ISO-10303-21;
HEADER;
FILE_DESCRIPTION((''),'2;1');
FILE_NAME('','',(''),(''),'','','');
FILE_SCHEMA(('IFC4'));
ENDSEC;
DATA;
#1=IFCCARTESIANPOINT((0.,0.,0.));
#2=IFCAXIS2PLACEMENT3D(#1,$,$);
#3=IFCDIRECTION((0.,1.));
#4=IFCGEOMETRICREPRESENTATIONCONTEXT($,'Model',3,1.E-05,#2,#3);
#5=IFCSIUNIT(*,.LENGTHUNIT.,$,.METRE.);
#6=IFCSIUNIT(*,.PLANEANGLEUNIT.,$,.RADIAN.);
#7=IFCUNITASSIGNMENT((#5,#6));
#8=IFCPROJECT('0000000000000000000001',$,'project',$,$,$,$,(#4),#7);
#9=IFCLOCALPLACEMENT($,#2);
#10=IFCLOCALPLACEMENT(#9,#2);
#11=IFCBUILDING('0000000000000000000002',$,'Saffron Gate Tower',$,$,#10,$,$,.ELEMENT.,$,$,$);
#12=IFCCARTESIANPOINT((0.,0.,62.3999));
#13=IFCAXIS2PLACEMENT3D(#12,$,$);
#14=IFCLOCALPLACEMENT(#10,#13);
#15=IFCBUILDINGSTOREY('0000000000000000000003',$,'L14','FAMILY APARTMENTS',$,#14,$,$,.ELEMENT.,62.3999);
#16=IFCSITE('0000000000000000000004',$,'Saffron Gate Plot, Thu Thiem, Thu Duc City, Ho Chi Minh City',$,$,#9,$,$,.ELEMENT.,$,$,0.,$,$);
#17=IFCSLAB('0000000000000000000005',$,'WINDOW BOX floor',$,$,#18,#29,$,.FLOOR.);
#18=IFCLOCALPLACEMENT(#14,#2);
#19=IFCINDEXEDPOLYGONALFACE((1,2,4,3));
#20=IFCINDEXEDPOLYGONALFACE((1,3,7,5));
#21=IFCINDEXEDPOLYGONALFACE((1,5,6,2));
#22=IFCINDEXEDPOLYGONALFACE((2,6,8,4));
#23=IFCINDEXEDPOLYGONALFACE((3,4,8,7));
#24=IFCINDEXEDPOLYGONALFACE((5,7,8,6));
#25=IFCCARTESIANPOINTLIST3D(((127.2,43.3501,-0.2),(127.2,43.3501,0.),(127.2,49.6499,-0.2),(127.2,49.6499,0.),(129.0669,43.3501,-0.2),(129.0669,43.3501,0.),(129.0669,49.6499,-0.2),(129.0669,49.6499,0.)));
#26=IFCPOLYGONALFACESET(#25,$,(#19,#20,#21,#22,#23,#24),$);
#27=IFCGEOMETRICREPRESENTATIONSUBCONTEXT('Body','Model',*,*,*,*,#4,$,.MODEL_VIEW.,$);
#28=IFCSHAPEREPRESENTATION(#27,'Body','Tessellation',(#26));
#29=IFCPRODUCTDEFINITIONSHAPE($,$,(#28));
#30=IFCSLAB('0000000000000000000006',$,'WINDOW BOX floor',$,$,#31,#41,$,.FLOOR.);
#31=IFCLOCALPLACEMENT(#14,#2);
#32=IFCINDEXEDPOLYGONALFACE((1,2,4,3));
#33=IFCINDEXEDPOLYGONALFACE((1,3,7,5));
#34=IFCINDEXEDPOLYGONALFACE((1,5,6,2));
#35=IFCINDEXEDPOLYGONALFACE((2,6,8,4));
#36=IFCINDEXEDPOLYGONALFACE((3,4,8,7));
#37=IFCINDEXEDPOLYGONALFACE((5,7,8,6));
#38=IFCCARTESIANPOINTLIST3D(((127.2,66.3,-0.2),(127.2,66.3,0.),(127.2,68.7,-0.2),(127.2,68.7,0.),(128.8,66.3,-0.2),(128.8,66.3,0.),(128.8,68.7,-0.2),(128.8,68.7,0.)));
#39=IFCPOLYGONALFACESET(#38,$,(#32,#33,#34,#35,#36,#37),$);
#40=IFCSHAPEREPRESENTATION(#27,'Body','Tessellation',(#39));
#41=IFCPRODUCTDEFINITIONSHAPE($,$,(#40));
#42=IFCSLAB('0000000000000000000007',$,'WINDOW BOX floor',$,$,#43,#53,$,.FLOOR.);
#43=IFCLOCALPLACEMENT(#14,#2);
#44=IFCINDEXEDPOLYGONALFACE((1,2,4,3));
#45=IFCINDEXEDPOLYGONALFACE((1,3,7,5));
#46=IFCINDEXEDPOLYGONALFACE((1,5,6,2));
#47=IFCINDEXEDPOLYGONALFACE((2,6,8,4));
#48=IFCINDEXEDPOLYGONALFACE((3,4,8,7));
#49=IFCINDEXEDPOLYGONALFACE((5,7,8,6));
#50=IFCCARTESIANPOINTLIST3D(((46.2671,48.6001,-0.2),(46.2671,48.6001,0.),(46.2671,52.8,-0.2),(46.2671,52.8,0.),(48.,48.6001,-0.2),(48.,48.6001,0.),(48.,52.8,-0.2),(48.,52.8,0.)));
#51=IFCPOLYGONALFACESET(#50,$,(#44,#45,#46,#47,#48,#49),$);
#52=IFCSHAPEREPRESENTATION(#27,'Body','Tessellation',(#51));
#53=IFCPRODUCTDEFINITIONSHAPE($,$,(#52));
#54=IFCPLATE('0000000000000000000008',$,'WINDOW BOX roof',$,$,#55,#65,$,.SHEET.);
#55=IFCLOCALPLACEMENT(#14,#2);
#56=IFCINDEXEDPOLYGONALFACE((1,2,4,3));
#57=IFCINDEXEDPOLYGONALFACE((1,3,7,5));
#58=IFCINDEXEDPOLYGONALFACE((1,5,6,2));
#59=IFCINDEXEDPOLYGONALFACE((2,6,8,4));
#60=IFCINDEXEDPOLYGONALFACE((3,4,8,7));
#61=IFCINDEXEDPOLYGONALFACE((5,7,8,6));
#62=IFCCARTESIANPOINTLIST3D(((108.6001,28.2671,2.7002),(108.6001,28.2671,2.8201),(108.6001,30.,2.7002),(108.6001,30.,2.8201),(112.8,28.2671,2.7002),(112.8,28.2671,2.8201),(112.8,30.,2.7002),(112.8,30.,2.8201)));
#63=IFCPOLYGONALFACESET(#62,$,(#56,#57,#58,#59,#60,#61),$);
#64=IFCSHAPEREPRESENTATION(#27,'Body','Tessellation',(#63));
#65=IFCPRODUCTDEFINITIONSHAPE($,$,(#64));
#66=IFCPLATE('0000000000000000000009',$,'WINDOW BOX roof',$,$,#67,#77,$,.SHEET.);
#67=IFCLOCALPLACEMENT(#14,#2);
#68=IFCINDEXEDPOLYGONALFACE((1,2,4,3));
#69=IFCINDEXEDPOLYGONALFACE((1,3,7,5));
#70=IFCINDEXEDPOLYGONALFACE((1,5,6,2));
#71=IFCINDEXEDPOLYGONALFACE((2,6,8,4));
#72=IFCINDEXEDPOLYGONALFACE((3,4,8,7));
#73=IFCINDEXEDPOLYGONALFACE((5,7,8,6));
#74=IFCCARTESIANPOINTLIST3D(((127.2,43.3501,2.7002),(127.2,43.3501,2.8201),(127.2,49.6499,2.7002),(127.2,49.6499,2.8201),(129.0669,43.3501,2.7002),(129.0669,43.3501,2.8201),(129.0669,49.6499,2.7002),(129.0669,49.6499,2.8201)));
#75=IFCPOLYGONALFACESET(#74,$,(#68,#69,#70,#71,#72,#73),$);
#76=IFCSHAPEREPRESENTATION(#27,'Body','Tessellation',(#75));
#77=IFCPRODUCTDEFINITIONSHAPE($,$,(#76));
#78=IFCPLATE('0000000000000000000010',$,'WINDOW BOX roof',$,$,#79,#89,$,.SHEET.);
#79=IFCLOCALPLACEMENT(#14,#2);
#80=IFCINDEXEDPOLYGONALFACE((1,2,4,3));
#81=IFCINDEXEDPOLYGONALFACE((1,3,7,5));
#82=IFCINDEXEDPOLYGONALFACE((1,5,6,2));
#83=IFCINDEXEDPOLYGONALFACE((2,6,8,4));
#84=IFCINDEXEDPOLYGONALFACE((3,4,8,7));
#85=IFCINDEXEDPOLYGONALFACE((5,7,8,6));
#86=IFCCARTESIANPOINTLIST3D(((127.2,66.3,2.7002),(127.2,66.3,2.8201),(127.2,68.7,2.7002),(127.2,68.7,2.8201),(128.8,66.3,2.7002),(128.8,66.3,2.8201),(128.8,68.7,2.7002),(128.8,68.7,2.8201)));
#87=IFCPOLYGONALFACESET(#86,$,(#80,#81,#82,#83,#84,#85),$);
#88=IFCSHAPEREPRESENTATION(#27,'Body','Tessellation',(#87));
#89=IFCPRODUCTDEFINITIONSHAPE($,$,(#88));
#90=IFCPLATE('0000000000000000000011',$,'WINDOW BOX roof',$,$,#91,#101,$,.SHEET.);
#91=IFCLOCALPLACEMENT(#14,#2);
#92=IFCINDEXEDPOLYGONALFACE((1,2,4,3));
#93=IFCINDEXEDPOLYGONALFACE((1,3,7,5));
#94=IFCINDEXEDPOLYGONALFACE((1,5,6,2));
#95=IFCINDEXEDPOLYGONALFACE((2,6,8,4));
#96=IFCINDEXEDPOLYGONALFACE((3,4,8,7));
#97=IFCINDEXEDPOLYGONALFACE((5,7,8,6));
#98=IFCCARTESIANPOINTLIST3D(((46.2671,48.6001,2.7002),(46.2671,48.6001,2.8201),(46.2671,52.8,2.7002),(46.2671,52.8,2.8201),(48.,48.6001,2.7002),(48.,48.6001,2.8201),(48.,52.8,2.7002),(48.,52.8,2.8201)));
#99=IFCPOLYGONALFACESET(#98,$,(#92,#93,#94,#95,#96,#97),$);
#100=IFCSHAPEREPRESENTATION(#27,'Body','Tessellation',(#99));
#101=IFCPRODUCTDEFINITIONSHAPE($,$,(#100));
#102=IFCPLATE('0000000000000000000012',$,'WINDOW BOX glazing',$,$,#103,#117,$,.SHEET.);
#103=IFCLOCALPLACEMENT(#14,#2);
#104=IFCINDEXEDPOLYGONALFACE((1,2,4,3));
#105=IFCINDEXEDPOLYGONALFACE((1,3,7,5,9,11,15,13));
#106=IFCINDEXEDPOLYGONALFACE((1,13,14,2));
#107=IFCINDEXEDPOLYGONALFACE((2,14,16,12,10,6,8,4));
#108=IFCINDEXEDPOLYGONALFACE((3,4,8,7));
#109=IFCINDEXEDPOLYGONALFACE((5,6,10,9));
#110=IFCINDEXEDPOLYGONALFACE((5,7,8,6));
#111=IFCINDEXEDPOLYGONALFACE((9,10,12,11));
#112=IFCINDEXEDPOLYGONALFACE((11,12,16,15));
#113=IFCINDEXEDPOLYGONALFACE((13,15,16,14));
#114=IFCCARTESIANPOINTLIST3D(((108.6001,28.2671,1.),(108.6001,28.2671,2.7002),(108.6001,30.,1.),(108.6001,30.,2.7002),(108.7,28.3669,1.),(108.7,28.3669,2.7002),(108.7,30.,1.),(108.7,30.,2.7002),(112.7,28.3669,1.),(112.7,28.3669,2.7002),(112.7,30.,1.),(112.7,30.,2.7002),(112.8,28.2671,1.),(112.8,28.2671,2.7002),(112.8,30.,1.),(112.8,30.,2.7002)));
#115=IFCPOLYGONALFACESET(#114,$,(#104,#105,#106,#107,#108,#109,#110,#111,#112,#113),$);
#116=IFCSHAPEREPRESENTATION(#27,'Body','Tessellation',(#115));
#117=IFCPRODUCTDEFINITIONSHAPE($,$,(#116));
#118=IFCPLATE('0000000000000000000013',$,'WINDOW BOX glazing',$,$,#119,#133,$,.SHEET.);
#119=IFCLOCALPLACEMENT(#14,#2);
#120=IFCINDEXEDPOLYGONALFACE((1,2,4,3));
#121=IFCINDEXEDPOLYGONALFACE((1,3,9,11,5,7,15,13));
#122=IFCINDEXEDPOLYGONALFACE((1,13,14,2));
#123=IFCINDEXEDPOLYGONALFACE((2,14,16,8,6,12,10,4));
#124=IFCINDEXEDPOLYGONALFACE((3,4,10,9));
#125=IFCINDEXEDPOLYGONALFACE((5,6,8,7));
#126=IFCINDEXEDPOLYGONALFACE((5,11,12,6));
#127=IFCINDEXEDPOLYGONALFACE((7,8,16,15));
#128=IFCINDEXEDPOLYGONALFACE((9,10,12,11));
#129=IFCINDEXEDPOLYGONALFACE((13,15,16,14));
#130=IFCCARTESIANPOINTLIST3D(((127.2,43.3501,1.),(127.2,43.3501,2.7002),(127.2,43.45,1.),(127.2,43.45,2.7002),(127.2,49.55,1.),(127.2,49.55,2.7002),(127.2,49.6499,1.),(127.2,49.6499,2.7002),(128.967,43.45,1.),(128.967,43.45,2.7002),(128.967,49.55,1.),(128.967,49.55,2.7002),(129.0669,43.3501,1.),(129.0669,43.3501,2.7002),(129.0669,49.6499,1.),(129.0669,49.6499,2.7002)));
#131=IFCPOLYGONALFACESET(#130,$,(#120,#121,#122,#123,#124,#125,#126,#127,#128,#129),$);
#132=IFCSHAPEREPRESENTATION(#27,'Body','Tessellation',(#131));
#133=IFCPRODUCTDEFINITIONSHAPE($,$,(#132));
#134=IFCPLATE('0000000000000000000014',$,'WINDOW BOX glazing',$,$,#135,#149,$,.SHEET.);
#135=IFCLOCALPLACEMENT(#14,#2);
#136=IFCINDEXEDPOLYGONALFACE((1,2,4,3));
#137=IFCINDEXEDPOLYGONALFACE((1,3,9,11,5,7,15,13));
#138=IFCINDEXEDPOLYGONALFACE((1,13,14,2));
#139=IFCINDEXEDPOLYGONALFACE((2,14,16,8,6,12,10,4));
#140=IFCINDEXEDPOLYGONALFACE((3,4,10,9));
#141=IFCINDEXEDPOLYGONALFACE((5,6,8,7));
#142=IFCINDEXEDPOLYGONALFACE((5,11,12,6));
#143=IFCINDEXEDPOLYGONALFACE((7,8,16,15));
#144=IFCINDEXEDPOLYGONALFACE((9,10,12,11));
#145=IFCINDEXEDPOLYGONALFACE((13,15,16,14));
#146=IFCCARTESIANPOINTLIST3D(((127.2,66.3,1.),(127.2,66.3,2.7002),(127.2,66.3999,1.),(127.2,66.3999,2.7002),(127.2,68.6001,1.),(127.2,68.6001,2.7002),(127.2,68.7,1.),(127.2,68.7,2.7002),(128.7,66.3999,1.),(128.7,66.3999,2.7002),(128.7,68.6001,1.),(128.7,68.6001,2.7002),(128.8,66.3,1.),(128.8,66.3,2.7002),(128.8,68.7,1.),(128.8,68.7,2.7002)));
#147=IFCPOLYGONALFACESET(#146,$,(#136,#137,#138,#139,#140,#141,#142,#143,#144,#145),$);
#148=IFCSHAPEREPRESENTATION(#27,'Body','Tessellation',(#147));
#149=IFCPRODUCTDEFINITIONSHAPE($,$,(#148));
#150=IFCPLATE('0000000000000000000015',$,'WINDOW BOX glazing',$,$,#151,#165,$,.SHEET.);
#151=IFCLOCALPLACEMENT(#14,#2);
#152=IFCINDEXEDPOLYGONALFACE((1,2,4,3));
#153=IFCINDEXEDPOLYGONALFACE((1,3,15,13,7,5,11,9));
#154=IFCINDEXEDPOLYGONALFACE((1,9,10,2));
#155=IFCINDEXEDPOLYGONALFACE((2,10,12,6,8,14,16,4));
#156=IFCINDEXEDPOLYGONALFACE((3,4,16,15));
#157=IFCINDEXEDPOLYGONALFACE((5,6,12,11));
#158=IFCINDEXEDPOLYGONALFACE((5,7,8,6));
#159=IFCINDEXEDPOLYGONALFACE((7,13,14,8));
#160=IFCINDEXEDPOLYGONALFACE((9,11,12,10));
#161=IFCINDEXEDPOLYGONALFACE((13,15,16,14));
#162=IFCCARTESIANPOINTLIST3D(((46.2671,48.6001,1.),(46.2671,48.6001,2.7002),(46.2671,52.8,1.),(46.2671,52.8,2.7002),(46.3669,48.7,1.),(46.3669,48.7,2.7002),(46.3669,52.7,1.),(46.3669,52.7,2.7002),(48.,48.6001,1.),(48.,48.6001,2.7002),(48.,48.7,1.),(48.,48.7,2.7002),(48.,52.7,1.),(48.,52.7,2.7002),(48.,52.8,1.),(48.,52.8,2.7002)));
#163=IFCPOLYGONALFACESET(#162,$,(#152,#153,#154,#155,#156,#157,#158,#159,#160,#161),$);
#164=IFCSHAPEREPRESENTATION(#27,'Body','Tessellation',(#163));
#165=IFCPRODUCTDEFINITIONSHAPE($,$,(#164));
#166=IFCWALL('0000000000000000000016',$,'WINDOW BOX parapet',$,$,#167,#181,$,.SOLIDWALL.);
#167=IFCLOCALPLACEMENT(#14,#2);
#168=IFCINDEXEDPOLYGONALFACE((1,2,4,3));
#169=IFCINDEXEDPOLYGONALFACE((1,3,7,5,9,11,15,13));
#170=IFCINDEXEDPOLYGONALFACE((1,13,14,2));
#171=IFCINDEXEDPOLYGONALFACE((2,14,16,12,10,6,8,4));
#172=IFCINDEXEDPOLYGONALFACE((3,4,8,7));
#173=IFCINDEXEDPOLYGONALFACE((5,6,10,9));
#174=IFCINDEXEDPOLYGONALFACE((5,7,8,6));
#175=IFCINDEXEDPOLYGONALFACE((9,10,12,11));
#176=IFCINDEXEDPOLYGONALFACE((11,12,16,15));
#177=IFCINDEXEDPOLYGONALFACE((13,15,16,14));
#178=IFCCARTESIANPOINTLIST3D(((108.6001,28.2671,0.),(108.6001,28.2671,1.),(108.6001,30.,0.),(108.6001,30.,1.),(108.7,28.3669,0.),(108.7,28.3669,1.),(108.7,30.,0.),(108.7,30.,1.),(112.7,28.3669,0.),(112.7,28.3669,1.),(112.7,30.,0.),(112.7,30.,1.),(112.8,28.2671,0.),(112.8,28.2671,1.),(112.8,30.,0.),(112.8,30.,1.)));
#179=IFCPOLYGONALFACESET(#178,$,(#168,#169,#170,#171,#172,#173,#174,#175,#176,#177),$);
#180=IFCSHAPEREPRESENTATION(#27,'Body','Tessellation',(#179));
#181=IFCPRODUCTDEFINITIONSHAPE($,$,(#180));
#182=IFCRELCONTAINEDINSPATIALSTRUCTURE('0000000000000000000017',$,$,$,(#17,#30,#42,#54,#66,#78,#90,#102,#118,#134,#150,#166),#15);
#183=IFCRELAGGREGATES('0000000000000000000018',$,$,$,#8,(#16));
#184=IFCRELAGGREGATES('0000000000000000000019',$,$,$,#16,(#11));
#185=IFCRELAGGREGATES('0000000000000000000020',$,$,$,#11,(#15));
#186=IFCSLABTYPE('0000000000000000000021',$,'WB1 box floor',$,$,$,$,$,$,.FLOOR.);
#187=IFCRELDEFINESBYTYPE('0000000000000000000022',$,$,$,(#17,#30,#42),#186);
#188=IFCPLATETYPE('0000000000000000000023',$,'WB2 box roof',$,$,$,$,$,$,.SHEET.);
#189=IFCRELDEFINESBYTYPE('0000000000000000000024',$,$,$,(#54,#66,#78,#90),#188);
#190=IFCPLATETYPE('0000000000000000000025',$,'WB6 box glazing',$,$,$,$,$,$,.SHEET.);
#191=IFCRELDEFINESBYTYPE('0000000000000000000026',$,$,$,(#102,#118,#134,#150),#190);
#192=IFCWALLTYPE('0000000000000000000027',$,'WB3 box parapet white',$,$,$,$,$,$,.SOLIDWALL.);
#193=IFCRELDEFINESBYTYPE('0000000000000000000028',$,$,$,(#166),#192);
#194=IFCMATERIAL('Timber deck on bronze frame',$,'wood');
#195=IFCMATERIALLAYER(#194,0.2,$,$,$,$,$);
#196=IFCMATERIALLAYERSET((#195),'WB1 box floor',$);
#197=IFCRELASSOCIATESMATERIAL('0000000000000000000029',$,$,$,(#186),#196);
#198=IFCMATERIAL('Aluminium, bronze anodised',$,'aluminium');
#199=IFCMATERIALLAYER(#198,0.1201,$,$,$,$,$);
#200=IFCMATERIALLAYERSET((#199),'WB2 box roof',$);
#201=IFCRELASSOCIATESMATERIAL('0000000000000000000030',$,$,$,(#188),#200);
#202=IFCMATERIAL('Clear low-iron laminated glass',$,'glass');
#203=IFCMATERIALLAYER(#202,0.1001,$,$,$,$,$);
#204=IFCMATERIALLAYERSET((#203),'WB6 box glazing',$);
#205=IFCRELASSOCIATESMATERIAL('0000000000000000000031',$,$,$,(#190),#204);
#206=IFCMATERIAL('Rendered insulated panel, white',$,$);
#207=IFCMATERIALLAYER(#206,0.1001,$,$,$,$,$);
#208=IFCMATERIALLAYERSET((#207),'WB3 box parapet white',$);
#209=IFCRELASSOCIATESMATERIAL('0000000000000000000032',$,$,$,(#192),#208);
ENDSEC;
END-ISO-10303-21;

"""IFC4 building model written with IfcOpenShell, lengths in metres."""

from ifc_helpers import new_model, si_unit, direction, frame, origin, place, context, subcontext, project, spatial, polyline, outline, extrude, material, layer, layer_set, type_object, element, save


model = new_model("IFC4")

# Units and contexts
model_context = context("Model", 3, precision=1e-05, world=origin(), true_north=direction((0.0, 1.0)))
body_context = subcontext(model_context, "Body", "Model", "MODEL_VIEW")
ifc_project = project(units=[si_unit("LENGTHUNIT", "METRE"), si_unit("PLANEANGLEUNIT", "RADIAN")], contexts=[model_context])

# Site, building, storey
site_placement = place(None, origin())
site = spatial("IfcSite", under=ifc_project, at=site_placement, Name="Saffron Gate Plot, Thu Thiem, Thu Duc City, Ho Chi Minh City", CompositionType="ELEMENT", RefElevation=0.0)
building_placement = place(site_placement, origin())
building = spatial("IfcBuilding", under=site, at=building_placement, Name="Saffron Gate Tower", CompositionType="ELEMENT")
storey_placement = place(building_placement, frame((0.0, 0.0, 62.3999)))
storey = spatial("IfcBuildingStorey", under=building, at=storey_placement, Name="L14", Description="FAMILY APARTMENTS", CompositionType="ELEMENT", Elevation=62.3999)

# Slabs
ifc_material_1 = material(Name="Timber deck on bronze frame", Category="wood")
ifc_layer_1 = layer(ifc_material_1, 0.2)
ifc_layer_set_1 = layer_set([ifc_layer_1], Name="WB1 box floor")
slab_type_1 = type_object("IfcSlabType", Name="WB1 box floor", PredefinedType="FLOOR", material=ifc_layer_set_1)
slab_1_placement = place(storey_placement, frame((0.0, 0.0, -0.2)))
element("IfcSlab", 1, at=slab_1_placement, inside=storey, type_object=slab_type_1, Name="WINDOW BOX floor", PredefinedType="FLOOR", context=body_context, shape_type="SweptSolid", body=[
    extrude(outline(polyline([(127.2, 43.3501), (127.2, 49.6499), (129.0669, 49.6499), (129.0669, 43.3501), (127.2, 43.3501)])), origin(), (0.0, 0.0, 1.0), 0.2),
])
slab_2_placement = place(storey_placement, frame((0.0, 0.0, -0.2)))
element("IfcSlab", 2, at=slab_2_placement, inside=storey, type_object=slab_type_1, Name="WINDOW BOX floor", PredefinedType="FLOOR", context=body_context, shape_type="SweptSolid", body=[
    extrude(outline(polyline([(127.2, 66.3), (127.2, 68.7), (128.8, 68.7), (128.8, 66.3), (127.2, 66.3)])), origin(), (0.0, 0.0, 1.0), 0.2),
])
slab_3_placement = place(storey_placement, frame((0.0, 0.0, -0.2)))
element("IfcSlab", 3, at=slab_3_placement, inside=storey, type_object=slab_type_1, Name="WINDOW BOX floor", PredefinedType="FLOOR", context=body_context, shape_type="SweptSolid", body=[
    extrude(outline(polyline([(48.0, 52.8), (48.0, 48.6001), (46.2671, 48.6001), (46.2671, 52.8), (48.0, 52.8)])), origin(), (0.0, 0.0, 1.0), 0.2),
])

# Plates
ifc_material_2 = material(Name="Aluminium, bronze anodised", Category="aluminium")
ifc_layer_2 = layer(ifc_material_2, 0.1201)
ifc_layer_set_2 = layer_set([ifc_layer_2], Name="WB2 box roof")
plate_type_1 = type_object("IfcPlateType", Name="WB2 box roof", PredefinedType="SHEET", material=ifc_layer_set_2)
plate_1_placement = place(storey_placement, frame((0.0, 0.0, 2.7002)))
element("IfcPlate", 4, at=plate_1_placement, inside=storey, type_object=plate_type_1, Name="WINDOW BOX roof", PredefinedType="SHEET", context=body_context, shape_type="SweptSolid", body=[
    extrude(outline(polyline([(108.6001, 30.0), (112.8, 30.0), (112.8, 28.2671), (108.6001, 28.2671), (108.6001, 30.0)])), origin(), (0.0, 0.0, 1.0), 0.1199),
])
plate_2_placement = place(storey_placement, frame((0.0, 0.0, 2.7002)))
element("IfcPlate", 5, at=plate_2_placement, inside=storey, type_object=plate_type_1, Name="WINDOW BOX roof", PredefinedType="SHEET", context=body_context, shape_type="SweptSolid", body=[
    extrude(outline(polyline([(127.2, 43.3501), (127.2, 49.6499), (129.0669, 49.6499), (129.0669, 43.3501), (127.2, 43.3501)])), origin(), (0.0, 0.0, 1.0), 0.1199),
])
plate_3_placement = place(storey_placement, frame((0.0, 0.0, 2.7002)))
element("IfcPlate", 6, at=plate_3_placement, inside=storey, type_object=plate_type_1, Name="WINDOW BOX roof", PredefinedType="SHEET", context=body_context, shape_type="SweptSolid", body=[
    extrude(outline(polyline([(127.2, 66.3), (127.2, 68.7), (128.8, 68.7), (128.8, 66.3), (127.2, 66.3)])), origin(), (0.0, 0.0, 1.0), 0.1199),
])
plate_4_placement = place(storey_placement, frame((0.0, 0.0, 2.7002)))
element("IfcPlate", 7, at=plate_4_placement, inside=storey, type_object=plate_type_1, Name="WINDOW BOX roof", PredefinedType="SHEET", context=body_context, shape_type="SweptSolid", body=[
    extrude(outline(polyline([(48.0, 52.8), (48.0, 48.6001), (46.2671, 48.6001), (46.2671, 52.8), (48.0, 52.8)])), origin(), (0.0, 0.0, 1.0), 0.1199),
])
ifc_material_3 = material(Name="Clear low-iron laminated glass", Category="glass")
ifc_layer_3 = layer(ifc_material_3, 0.1001)
ifc_layer_set_3 = layer_set([ifc_layer_3], Name="WB6 box glazing")
plate_type_2 = type_object("IfcPlateType", Name="WB6 box glazing", PredefinedType="SHEET", material=ifc_layer_set_3)
plate_5_placement = place(storey_placement, frame((0.0, 0.0, 1.0)))
element("IfcPlate", 8, at=plate_5_placement, inside=storey, type_object=plate_type_2, Name="WINDOW BOX glazing", PredefinedType="SHEET", context=body_context, shape_type="SweptSolid", body=[
    extrude(outline(polyline([(108.6001, 30.0), (108.7, 30.0), (108.7, 28.3669), (112.7, 28.3669), (112.7, 30.0), (112.8, 30.0), (112.8, 28.2671), (108.6001, 28.2671), (108.6001, 30.0)])), origin(), (0.0, 0.0, 1.0), 1.7002),
])
plate_6_placement = place(storey_placement, frame((0.0, 0.0, 1.0)))
element("IfcPlate", 9, at=plate_6_placement, inside=storey, type_object=plate_type_2, Name="WINDOW BOX glazing", PredefinedType="SHEET", context=body_context, shape_type="SweptSolid", body=[
    extrude(outline(polyline([(127.2, 43.3501), (127.2, 43.45), (128.967, 43.45), (128.967, 49.55), (127.2, 49.55), (127.2, 49.6499), (129.0669, 49.6499), (129.0669, 43.3501), (127.2, 43.3501)])), origin(), (0.0, 0.0, 1.0), 1.7002),
])
plate_7_placement = place(storey_placement, frame((0.0, 0.0, 1.0)))
element("IfcPlate", 10, at=plate_7_placement, inside=storey, type_object=plate_type_2, Name="WINDOW BOX glazing", PredefinedType="SHEET", context=body_context, shape_type="SweptSolid", body=[
    extrude(outline(polyline([(127.2, 66.3), (127.2, 66.3999), (128.7, 66.3999), (128.7, 68.6001), (127.2, 68.6001), (127.2, 68.7), (128.8, 68.7), (128.8, 66.3), (127.2, 66.3)])), origin(), (0.0, 0.0, 1.0), 1.7002),
])
plate_8_placement = place(storey_placement, frame((0.0, 0.0, 1.0)))
element("IfcPlate", 11, at=plate_8_placement, inside=storey, type_object=plate_type_2, Name="WINDOW BOX glazing", PredefinedType="SHEET", context=body_context, shape_type="SweptSolid", body=[
    extrude(outline(polyline([(48.0, 52.8), (48.0, 52.7), (46.3669, 52.7), (46.3669, 48.7), (48.0, 48.7), (48.0, 48.6001), (46.2671, 48.6001), (46.2671, 52.8), (48.0, 52.8)])), origin(), (0.0, 0.0, 1.0), 1.7002),
])

# Wall
ifc_material_4 = material(Name="Rendered insulated panel, white")
ifc_layer_4 = layer(ifc_material_4, 0.1001)
ifc_layer_set_4 = layer_set([ifc_layer_4], Name="WB3 box parapet white")
wall_type = type_object("IfcWallType", Name="WB3 box parapet white", PredefinedType="SOLIDWALL", material=ifc_layer_set_4)
wall_1_placement = place(storey_placement, origin())
element("IfcWall", 12, at=wall_1_placement, inside=storey, type_object=wall_type, Name="WINDOW BOX parapet", PredefinedType="SOLIDWALL", context=body_context, shape_type="SweptSolid", body=[
    extrude(outline(polyline([(108.6001, 30.0), (108.7, 30.0), (108.7, 28.3669), (112.7, 28.3669), (112.7, 30.0), (112.8, 30.0), (112.8, 28.2671), (108.6001, 28.2671), (108.6001, 30.0)])), origin(), (0.0, 0.0, 1.0), 1.0),
])

save(model, "model.ifc")
